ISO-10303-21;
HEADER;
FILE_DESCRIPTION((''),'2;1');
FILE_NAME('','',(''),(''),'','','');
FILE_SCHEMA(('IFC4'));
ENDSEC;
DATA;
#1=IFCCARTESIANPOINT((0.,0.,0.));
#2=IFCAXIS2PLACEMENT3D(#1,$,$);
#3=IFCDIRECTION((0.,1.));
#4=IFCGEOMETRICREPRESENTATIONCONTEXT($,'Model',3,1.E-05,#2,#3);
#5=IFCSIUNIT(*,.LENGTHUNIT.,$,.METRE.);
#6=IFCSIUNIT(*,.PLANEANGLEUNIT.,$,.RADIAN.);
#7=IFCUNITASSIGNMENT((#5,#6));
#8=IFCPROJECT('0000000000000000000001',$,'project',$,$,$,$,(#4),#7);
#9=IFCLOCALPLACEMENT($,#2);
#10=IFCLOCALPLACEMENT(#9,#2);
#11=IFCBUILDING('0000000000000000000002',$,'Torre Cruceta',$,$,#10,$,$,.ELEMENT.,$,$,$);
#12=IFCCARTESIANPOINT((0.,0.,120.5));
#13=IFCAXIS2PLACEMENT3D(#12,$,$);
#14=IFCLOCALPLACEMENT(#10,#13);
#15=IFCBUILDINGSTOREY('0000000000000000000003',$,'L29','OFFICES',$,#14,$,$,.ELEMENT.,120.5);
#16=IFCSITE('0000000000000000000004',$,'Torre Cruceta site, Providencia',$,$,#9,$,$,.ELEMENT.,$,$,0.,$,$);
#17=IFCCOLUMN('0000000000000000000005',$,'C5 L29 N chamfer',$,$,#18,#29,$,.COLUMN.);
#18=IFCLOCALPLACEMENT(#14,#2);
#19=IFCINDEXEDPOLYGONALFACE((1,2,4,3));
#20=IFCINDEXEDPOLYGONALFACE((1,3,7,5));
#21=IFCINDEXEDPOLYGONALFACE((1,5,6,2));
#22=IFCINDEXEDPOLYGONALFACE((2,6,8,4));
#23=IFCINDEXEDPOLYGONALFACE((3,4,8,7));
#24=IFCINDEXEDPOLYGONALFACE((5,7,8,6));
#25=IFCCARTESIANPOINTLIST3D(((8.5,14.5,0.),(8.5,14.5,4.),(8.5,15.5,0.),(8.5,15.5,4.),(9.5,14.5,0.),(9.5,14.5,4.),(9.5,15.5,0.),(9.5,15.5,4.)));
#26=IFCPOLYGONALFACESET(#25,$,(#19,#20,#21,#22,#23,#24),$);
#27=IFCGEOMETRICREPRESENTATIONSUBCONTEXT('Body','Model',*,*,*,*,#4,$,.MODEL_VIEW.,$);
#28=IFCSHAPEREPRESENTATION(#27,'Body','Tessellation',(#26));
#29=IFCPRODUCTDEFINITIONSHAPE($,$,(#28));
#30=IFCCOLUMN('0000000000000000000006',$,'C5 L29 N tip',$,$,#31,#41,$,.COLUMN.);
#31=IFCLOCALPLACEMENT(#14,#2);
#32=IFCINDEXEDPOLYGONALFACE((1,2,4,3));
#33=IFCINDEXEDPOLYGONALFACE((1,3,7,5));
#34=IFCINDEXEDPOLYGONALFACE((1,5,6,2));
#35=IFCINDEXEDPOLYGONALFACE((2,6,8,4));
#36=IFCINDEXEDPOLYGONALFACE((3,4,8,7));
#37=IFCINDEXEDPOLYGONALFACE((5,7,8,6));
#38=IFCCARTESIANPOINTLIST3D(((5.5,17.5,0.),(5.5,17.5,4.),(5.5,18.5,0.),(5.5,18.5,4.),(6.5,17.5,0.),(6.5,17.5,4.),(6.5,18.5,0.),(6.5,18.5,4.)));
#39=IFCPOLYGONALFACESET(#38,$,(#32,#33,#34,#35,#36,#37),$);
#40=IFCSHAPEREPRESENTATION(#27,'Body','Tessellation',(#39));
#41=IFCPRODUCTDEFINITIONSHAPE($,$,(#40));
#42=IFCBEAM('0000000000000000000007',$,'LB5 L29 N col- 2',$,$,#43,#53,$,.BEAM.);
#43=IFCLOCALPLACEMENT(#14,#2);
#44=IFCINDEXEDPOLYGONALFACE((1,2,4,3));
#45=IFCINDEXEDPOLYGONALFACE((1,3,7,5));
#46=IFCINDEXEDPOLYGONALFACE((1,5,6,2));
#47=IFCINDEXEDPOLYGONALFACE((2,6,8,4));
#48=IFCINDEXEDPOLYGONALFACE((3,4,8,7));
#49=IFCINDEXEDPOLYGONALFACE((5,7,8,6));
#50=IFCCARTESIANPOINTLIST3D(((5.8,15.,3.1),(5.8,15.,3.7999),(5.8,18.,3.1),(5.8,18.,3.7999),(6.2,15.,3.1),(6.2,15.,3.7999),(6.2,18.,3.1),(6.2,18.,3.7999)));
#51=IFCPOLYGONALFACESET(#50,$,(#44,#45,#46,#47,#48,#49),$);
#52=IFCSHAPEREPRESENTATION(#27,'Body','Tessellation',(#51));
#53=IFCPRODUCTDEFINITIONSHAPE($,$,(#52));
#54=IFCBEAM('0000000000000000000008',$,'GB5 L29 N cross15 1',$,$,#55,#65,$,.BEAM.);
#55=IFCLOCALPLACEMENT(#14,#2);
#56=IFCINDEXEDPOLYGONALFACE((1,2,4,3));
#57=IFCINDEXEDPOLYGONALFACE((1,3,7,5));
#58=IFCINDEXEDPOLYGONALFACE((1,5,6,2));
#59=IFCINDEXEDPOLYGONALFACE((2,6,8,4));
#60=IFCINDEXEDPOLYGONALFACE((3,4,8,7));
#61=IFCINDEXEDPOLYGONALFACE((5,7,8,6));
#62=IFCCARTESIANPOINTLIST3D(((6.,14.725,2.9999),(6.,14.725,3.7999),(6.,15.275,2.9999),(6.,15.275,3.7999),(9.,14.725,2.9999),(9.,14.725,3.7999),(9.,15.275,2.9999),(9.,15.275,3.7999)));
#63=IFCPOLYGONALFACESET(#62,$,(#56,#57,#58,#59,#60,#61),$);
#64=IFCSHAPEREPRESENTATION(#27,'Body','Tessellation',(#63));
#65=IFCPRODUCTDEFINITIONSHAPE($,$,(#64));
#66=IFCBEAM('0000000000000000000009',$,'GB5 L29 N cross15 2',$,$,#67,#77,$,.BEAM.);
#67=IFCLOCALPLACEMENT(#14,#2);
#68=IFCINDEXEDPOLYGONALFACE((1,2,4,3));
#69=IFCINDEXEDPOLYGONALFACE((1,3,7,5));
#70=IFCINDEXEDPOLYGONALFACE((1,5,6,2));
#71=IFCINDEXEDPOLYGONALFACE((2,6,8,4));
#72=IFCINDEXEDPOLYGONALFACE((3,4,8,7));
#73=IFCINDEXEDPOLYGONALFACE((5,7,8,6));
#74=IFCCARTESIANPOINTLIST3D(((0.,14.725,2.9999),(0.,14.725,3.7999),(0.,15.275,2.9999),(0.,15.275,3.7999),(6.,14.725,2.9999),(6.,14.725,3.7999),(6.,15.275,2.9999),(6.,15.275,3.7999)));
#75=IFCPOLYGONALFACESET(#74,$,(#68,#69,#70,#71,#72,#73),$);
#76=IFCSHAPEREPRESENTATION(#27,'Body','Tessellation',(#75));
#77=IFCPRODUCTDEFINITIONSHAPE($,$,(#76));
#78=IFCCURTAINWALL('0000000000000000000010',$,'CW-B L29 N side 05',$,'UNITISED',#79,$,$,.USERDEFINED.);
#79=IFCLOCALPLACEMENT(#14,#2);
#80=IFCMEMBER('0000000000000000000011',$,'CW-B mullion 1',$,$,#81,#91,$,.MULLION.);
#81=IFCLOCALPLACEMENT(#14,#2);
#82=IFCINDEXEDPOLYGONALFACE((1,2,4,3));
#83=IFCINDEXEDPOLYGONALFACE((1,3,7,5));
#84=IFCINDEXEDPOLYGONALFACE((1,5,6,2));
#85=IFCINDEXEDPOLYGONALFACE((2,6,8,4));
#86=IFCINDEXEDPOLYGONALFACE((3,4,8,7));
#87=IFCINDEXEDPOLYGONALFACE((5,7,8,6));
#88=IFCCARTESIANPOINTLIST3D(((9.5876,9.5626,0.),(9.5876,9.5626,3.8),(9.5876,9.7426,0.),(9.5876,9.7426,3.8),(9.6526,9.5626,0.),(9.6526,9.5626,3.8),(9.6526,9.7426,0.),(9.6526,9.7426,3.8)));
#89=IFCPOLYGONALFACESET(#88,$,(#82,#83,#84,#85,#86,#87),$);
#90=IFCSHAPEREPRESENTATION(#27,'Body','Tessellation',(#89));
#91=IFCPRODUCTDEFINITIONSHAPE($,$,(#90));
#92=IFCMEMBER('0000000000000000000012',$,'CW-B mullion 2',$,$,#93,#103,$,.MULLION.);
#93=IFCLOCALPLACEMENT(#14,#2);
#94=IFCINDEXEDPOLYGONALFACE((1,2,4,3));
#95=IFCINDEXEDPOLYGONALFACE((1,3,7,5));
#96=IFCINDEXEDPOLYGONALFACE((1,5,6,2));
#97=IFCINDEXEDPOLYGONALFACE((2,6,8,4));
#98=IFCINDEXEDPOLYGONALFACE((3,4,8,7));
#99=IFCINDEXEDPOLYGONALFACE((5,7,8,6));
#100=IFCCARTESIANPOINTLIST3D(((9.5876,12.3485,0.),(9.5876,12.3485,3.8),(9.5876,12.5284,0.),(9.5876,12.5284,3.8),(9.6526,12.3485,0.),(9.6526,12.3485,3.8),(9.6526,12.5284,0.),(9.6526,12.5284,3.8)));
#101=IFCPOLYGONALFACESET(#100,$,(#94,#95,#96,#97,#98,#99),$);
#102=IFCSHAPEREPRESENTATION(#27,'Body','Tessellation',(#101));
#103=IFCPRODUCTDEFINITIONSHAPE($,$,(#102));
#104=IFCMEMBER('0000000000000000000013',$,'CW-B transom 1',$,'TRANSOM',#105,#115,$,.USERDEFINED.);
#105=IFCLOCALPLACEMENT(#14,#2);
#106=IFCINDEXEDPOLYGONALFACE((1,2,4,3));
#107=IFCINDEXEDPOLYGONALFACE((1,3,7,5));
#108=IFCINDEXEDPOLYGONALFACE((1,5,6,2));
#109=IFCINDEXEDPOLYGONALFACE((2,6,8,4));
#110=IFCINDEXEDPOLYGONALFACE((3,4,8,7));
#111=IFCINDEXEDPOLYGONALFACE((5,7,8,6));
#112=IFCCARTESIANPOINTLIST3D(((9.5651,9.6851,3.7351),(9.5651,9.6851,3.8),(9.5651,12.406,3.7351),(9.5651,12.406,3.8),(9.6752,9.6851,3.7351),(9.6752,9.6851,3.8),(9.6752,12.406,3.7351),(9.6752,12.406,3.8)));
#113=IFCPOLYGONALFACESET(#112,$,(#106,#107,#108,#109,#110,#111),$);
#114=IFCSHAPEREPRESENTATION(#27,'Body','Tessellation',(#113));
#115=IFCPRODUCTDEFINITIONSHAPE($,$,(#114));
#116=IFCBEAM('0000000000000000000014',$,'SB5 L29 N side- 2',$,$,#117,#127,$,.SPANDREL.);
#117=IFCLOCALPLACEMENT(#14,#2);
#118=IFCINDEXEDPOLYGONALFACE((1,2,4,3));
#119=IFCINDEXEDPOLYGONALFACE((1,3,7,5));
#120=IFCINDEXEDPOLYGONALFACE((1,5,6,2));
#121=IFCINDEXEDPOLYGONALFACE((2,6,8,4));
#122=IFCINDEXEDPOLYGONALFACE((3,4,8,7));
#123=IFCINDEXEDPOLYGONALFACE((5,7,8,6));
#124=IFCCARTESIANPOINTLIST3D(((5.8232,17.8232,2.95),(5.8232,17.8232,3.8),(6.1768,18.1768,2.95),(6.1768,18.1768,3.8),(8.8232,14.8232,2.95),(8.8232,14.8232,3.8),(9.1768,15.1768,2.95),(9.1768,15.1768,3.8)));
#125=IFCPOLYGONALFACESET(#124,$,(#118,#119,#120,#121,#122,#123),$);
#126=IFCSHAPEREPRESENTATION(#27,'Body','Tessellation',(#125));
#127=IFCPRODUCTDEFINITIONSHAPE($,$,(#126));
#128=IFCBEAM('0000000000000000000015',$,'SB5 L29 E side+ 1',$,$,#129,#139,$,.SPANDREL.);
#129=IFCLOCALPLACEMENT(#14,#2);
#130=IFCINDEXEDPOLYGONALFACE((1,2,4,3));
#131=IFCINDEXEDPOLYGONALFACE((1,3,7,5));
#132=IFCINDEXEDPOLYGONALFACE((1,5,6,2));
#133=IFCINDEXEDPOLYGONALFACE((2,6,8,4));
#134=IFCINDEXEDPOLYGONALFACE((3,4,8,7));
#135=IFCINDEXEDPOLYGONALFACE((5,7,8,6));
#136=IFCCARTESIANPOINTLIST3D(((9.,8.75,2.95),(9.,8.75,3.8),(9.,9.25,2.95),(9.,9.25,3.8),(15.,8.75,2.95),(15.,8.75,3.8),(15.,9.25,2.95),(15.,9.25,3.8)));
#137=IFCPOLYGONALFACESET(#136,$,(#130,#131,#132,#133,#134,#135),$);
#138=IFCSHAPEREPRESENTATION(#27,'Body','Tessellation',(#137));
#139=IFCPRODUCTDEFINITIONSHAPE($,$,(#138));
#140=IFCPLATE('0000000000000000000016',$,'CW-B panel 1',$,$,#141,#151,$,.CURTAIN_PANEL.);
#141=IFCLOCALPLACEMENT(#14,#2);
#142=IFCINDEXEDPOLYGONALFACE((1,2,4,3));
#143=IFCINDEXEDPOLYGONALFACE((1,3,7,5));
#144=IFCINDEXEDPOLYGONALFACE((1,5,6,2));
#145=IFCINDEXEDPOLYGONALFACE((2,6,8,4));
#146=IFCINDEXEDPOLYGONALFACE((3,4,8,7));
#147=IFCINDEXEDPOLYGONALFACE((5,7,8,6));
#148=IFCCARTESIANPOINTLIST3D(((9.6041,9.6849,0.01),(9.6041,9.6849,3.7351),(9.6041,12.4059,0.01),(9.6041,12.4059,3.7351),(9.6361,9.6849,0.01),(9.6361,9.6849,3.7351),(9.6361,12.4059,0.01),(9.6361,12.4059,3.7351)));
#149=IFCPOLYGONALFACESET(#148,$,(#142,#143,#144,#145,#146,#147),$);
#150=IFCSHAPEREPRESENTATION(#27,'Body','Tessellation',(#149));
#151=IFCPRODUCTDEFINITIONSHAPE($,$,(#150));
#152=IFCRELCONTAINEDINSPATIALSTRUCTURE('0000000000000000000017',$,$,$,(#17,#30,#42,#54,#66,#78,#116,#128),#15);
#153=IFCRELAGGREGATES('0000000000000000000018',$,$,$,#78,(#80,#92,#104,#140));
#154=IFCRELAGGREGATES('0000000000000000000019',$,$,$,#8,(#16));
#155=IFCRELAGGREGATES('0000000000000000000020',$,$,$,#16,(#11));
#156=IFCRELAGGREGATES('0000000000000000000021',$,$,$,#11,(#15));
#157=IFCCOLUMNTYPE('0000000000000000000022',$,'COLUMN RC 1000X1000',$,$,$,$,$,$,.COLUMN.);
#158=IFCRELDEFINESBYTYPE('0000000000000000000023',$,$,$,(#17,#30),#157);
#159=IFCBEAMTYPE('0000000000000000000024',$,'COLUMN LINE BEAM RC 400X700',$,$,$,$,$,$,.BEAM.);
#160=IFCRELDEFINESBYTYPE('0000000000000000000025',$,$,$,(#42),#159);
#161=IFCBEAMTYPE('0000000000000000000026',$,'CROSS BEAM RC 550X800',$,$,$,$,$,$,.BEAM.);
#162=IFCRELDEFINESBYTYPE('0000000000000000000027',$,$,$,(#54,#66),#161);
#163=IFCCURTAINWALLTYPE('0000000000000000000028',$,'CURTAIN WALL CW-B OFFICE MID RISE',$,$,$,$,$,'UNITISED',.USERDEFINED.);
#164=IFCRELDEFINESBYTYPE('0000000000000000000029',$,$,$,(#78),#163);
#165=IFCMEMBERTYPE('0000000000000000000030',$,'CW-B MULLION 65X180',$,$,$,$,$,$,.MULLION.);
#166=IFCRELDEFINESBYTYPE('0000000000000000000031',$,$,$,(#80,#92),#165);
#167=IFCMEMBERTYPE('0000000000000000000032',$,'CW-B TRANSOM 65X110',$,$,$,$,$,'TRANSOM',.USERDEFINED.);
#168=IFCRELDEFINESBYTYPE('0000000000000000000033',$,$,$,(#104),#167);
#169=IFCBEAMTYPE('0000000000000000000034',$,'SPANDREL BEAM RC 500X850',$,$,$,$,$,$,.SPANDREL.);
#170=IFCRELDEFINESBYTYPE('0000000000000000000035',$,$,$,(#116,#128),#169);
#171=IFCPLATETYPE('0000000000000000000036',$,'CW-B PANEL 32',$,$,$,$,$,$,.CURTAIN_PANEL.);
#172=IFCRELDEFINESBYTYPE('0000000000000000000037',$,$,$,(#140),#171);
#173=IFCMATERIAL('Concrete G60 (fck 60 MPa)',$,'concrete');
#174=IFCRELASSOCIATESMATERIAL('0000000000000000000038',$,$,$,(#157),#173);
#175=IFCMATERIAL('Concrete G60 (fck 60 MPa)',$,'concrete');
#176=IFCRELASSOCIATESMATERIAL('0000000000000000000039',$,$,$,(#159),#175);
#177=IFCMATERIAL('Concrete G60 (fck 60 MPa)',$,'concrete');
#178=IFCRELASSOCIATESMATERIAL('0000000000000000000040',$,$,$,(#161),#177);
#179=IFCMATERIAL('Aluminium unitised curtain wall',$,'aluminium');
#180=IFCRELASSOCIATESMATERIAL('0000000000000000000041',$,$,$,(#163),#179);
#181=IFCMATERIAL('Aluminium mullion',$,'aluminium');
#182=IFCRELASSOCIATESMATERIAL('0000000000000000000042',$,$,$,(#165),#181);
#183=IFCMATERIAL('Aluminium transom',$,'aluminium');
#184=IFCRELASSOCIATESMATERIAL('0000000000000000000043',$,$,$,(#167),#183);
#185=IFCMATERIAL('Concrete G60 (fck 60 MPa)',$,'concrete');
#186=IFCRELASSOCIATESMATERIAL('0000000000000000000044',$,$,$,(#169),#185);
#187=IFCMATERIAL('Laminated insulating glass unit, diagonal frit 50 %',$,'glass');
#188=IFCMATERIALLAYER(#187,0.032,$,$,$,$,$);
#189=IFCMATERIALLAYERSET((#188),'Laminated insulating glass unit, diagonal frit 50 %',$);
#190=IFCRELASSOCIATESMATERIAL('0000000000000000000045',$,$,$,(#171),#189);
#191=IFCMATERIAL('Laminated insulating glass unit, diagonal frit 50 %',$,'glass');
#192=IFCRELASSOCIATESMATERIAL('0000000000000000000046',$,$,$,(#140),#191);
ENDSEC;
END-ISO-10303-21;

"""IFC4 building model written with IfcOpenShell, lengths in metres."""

from ifc_helpers import new_model, si_unit, direction, frame, origin, origin_2d, place, context, subcontext, project, spatial, rectangle, extrude, material, layer, layer_set, material_profile, profile_set, type_object, element, aggregate, save


model = new_model("IFC4")

# Units and contexts
model_context = context("Model", 3, precision=1e-05, world=origin(), true_north=direction((0.0, 1.0)))
body_context = subcontext(model_context, "Body", "Model", "MODEL_VIEW")
ifc_project = project(units=[si_unit("LENGTHUNIT", "METRE"), si_unit("PLANEANGLEUNIT", "RADIAN")], contexts=[model_context])

# Site, building, storey
site_placement = place(None, origin())
site = spatial("IfcSite", under=ifc_project, at=site_placement, Name="Torre Cruceta site, Providencia", CompositionType="ELEMENT", RefElevation=0.0)
building_placement = place(site_placement, origin())
building = spatial("IfcBuilding", under=site, at=building_placement, Name="Torre Cruceta", CompositionType="ELEMENT")
storey_placement = place(building_placement, frame((0.0, 0.0, 120.5)))
storey = spatial("IfcBuildingStorey", under=building, at=storey_placement, Name="L29", Description="OFFICES", CompositionType="ELEMENT", Elevation=120.5)

# Columns
ifc_material_1 = material(Name="Concrete G60 (fck 60 MPa)", Category="concrete")
ifc_material_profile_1 = material_profile(ifc_material_1, rectangle(XDim=1.0, YDim=1.0, at=origin_2d()), Name="RC 1000X1000")
ifc_profile_set_1 = profile_set([ifc_material_profile_1], Name="Concrete G60 (fck 60 MPa)")
column_type = type_object("IfcColumnType", Name="COLUMN RC 1000X1000", PredefinedType="COLUMN", material=ifc_profile_set_1)
for number, where, z_axis, x_axis, name in (
    (1, (9.0, 15.0, 0.0), (0.0, 0.0, 1.0), (1.0, 0.0, 0.0), "C5 L29 N chamfer"),
    (2, (6.0, 18.0, 0.0), (0.0, 0.0, 1.0), (1.0, 0.0, 0.0), "C5 L29 N tip"),
):
    element("IfcColumn", number, at=place(storey_placement, frame(where, z_axis=z_axis, x_axis=x_axis)), inside=storey, type_object=column_type, Name=name, PredefinedType="COLUMN", context=body_context, shape_type="SweptSolid", body=[
        extrude(rectangle(XDim=1.0, YDim=1.0, at=origin_2d()), origin(), (0.0, 0.0, 1.0), 4.0),
    ])

# Beams
ifc_material_2 = material(Name="Concrete G60 (fck 60 MPa)", Category="concrete")
ifc_material_profile_2 = material_profile(ifc_material_2, rectangle(XDim=0.3999, YDim=0.7, at=origin_2d()), Name="RC 400X700")
ifc_profile_set_2 = profile_set([ifc_material_profile_2], Name="Concrete G60 (fck 60 MPa)")
beam_type_1 = type_object("IfcBeamType", Name="COLUMN LINE BEAM RC 400X700", PredefinedType="BEAM", material=ifc_profile_set_2)
beam_1_placement = place(storey_placement, frame((6.0, 15.0, 3.45), z_axis=(0.0, 1.0, 0.0), x_axis=(-1.0, 0.0, 0.0)))
element("IfcBeam", 3, at=beam_1_placement, inside=storey, type_object=beam_type_1, Name="LB5 L29 N col- 2", PredefinedType="BEAM", context=body_context, shape_type="SweptSolid", body=[
    extrude(rectangle(XDim=0.3999, YDim=0.7, at=origin_2d()), origin(), (0.0, 0.0, 1.0), 3.0),
])
ifc_material_3 = material(Name="Concrete G60 (fck 60 MPa)", Category="concrete")
ifc_material_profile_3 = material_profile(ifc_material_3, rectangle(XDim=0.55, YDim=0.8, at=origin_2d()), Name="RC 550X800")
ifc_profile_set_3 = profile_set([ifc_material_profile_3], Name="Concrete G60 (fck 60 MPa)")
beam_type_2 = type_object("IfcBeamType", Name="CROSS BEAM RC 550X800", PredefinedType="BEAM", material=ifc_profile_set_3)
beam_2_placement = place(storey_placement, frame((9.0, 15.0, 3.3999), z_axis=(-1.0, 0.0, 0.0), x_axis=(0.0, -1.0, 0.0)))
element("IfcBeam", 4, at=beam_2_placement, inside=storey, type_object=beam_type_2, Name="GB5 L29 N cross15 1", PredefinedType="BEAM", context=body_context, shape_type="SweptSolid", body=[
    extrude(rectangle(XDim=0.55, YDim=0.8, at=origin_2d()), origin(), (0.0, 0.0, 1.0), 3.0),
])
beam_3_placement = place(storey_placement, frame((6.0, 15.0, 3.3999), z_axis=(-1.0, 0.0, 0.0), x_axis=(0.0, -1.0, 0.0)))
element("IfcBeam", 5, at=beam_3_placement, inside=storey, type_object=beam_type_2, Name="GB5 L29 N cross15 2", PredefinedType="BEAM", context=body_context, shape_type="SweptSolid", body=[
    extrude(rectangle(XDim=0.55, YDim=0.8, at=origin_2d()), origin(), (0.0, 0.0, 1.0), 6.0),
])

# Curtain wall, members
ifc_material_4 = material(Name="Aluminium unitised curtain wall", Category="aluminium")
curtain_wall_type = type_object("IfcCurtainWallType", Name="CURTAIN WALL CW-B OFFICE MID RISE", ElementType="UNITISED", PredefinedType="USERDEFINED", material=ifc_material_4)
curtain_wall_placement = place(storey_placement, origin())
curtain_wall = element("IfcCurtainWall", 6, at=curtain_wall_placement, inside=storey, type_object=curtain_wall_type, Name="CW-B L29 N side 05", ObjectType="UNITISED", PredefinedType="USERDEFINED")
ifc_material_5 = material(Name="Aluminium mullion", Category="aluminium")
ifc_material_profile_4 = material_profile(ifc_material_5, rectangle(XDim=0.0649, YDim=0.1799, at=origin_2d()), Name="AL 65X180")
ifc_profile_set_4 = profile_set([ifc_material_profile_4], Name="Aluminium mullion")
member_type_1 = type_object("IfcMemberType", Name="CW-B MULLION 65X180", PredefinedType="MULLION", material=ifc_profile_set_4)
member_1_placement = place(storey_placement, frame((9.6201, 9.6526, 0.0), z_axis=(0.0, 0.0, 1.0), x_axis=(-1.0, 0.0, 0.0)))
member_1 = element("IfcMember", 7, at=member_1_placement, type_object=member_type_1, Name="CW-B mullion 1", PredefinedType="MULLION", context=body_context, shape_type="SweptSolid", body=[
    extrude(rectangle(XDim=0.0649, YDim=0.1799, at=origin_2d()), origin(), (0.0, 0.0, 1.0), 3.8),
])
member_2_placement = place(storey_placement, frame((9.6201, 12.4385, 0.0), z_axis=(0.0, 0.0, 1.0), x_axis=(-1.0, 0.0, 0.0)))
member_2 = element("IfcMember", 8, at=member_2_placement, type_object=member_type_1, Name="CW-B mullion 2", PredefinedType="MULLION", context=body_context, shape_type="SweptSolid", body=[
    extrude(rectangle(XDim=0.0649, YDim=0.1799, at=origin_2d()), origin(), (0.0, 0.0, 1.0), 3.8),
])
ifc_material_6 = material(Name="Aluminium transom", Category="aluminium")
ifc_material_profile_5 = material_profile(ifc_material_6, rectangle(XDim=0.1101, YDim=0.0649, at=origin_2d()), Name="AL 110X65")
ifc_profile_set_5 = profile_set([ifc_material_profile_5], Name="Aluminium transom")
member_type_2 = type_object("IfcMemberType", Name="CW-B TRANSOM 65X110", ElementType="TRANSOM", PredefinedType="USERDEFINED", material=ifc_profile_set_5)
member_3_placement = place(storey_placement, frame((9.6201, 9.6851, 3.7676), z_axis=(0.0, 1.0, 0.0), x_axis=(-1.0, 0.0, 0.0)))
member_3 = element("IfcMember", 9, at=member_3_placement, type_object=member_type_2, Name="CW-B transom 1", ObjectType="TRANSOM", PredefinedType="USERDEFINED", context=body_context, shape_type="SweptSolid", body=[
    extrude(rectangle(XDim=0.1101, YDim=0.0649, at=origin_2d()), origin(), (0.0, 0.0, 1.0), 2.7209),
])

# Beams
ifc_material_7 = material(Name="Concrete G60 (fck 60 MPa)", Category="concrete")
ifc_material_profile_6 = material_profile(ifc_material_7, rectangle(XDim=0.5, YDim=0.8501, at=origin_2d()), Name="RC 500X850")
ifc_profile_set_6 = profile_set([ifc_material_profile_6], Name="Concrete G60 (fck 60 MPa)")
beam_type_3 = type_object("IfcBeamType", Name="SPANDREL BEAM RC 500X850", PredefinedType="SPANDREL", material=ifc_profile_set_6)
beam_4_placement = place(storey_placement, frame((9.0, 15.0, 3.375), z_axis=(-0.707107, 0.707107, 0.0), x_axis=(-0.707107, -0.707107, 0.0)))
element("IfcBeam", 10, at=beam_4_placement, inside=storey, type_object=beam_type_3, Name="SB5 L29 N side- 2", PredefinedType="SPANDREL", context=body_context, shape_type="SweptSolid", body=[
    extrude(rectangle(XDim=0.5, YDim=0.8501, at=origin_2d()), origin(), (0.0, 0.0, 1.0), 4.2427),
])
beam_5_placement = place(storey_placement, frame((9.0, 9.0, 3.375), z_axis=(1.0, 0.0, 0.0), x_axis=(0.0, 1.0, 0.0)))
element("IfcBeam", 11, at=beam_5_placement, inside=storey, type_object=beam_type_3, Name="SB5 L29 E side+ 1", PredefinedType="SPANDREL", context=body_context, shape_type="SweptSolid", body=[
    extrude(rectangle(XDim=0.5, YDim=0.8501, at=origin_2d()), origin(), (0.0, 0.0, 1.0), 6.0),
])

# Plate
ifc_material_8 = material(Name="Laminated insulating glass unit, diagonal frit 50 %", Category="glass")
ifc_material_9 = material(Name="Laminated insulating glass unit, diagonal frit 50 %", Category="glass")
ifc_layer_1 = layer(ifc_material_9, 0.032)
ifc_layer_set_1 = layer_set([ifc_layer_1], Name="Laminated insulating glass unit, diagonal frit 50 %")
plate_type = type_object("IfcPlateType", Name="CW-B PANEL 32", PredefinedType="CURTAIN_PANEL", material=ifc_layer_set_1)
plate_placement = place(storey_placement, frame((9.6201, 11.0454, 0.01), z_axis=(0.0, 0.0, 1.0), x_axis=(0.0, 1.0, 0.0)))
plate = element("IfcPlate", 12, at=plate_placement, type_object=plate_type, material=ifc_material_8, Name="CW-B panel 1", PredefinedType="CURTAIN_PANEL", context=body_context, shape_type="SweptSolid", body=[
    extrude(rectangle(XDim=2.7209, YDim=0.032, at=origin_2d()), origin(), (0.0, 0.0, 1.0), 3.7251),
])
aggregate(curtain_wall, [member_1, member_2, member_3, plate])

save(model, "model.ifc")
